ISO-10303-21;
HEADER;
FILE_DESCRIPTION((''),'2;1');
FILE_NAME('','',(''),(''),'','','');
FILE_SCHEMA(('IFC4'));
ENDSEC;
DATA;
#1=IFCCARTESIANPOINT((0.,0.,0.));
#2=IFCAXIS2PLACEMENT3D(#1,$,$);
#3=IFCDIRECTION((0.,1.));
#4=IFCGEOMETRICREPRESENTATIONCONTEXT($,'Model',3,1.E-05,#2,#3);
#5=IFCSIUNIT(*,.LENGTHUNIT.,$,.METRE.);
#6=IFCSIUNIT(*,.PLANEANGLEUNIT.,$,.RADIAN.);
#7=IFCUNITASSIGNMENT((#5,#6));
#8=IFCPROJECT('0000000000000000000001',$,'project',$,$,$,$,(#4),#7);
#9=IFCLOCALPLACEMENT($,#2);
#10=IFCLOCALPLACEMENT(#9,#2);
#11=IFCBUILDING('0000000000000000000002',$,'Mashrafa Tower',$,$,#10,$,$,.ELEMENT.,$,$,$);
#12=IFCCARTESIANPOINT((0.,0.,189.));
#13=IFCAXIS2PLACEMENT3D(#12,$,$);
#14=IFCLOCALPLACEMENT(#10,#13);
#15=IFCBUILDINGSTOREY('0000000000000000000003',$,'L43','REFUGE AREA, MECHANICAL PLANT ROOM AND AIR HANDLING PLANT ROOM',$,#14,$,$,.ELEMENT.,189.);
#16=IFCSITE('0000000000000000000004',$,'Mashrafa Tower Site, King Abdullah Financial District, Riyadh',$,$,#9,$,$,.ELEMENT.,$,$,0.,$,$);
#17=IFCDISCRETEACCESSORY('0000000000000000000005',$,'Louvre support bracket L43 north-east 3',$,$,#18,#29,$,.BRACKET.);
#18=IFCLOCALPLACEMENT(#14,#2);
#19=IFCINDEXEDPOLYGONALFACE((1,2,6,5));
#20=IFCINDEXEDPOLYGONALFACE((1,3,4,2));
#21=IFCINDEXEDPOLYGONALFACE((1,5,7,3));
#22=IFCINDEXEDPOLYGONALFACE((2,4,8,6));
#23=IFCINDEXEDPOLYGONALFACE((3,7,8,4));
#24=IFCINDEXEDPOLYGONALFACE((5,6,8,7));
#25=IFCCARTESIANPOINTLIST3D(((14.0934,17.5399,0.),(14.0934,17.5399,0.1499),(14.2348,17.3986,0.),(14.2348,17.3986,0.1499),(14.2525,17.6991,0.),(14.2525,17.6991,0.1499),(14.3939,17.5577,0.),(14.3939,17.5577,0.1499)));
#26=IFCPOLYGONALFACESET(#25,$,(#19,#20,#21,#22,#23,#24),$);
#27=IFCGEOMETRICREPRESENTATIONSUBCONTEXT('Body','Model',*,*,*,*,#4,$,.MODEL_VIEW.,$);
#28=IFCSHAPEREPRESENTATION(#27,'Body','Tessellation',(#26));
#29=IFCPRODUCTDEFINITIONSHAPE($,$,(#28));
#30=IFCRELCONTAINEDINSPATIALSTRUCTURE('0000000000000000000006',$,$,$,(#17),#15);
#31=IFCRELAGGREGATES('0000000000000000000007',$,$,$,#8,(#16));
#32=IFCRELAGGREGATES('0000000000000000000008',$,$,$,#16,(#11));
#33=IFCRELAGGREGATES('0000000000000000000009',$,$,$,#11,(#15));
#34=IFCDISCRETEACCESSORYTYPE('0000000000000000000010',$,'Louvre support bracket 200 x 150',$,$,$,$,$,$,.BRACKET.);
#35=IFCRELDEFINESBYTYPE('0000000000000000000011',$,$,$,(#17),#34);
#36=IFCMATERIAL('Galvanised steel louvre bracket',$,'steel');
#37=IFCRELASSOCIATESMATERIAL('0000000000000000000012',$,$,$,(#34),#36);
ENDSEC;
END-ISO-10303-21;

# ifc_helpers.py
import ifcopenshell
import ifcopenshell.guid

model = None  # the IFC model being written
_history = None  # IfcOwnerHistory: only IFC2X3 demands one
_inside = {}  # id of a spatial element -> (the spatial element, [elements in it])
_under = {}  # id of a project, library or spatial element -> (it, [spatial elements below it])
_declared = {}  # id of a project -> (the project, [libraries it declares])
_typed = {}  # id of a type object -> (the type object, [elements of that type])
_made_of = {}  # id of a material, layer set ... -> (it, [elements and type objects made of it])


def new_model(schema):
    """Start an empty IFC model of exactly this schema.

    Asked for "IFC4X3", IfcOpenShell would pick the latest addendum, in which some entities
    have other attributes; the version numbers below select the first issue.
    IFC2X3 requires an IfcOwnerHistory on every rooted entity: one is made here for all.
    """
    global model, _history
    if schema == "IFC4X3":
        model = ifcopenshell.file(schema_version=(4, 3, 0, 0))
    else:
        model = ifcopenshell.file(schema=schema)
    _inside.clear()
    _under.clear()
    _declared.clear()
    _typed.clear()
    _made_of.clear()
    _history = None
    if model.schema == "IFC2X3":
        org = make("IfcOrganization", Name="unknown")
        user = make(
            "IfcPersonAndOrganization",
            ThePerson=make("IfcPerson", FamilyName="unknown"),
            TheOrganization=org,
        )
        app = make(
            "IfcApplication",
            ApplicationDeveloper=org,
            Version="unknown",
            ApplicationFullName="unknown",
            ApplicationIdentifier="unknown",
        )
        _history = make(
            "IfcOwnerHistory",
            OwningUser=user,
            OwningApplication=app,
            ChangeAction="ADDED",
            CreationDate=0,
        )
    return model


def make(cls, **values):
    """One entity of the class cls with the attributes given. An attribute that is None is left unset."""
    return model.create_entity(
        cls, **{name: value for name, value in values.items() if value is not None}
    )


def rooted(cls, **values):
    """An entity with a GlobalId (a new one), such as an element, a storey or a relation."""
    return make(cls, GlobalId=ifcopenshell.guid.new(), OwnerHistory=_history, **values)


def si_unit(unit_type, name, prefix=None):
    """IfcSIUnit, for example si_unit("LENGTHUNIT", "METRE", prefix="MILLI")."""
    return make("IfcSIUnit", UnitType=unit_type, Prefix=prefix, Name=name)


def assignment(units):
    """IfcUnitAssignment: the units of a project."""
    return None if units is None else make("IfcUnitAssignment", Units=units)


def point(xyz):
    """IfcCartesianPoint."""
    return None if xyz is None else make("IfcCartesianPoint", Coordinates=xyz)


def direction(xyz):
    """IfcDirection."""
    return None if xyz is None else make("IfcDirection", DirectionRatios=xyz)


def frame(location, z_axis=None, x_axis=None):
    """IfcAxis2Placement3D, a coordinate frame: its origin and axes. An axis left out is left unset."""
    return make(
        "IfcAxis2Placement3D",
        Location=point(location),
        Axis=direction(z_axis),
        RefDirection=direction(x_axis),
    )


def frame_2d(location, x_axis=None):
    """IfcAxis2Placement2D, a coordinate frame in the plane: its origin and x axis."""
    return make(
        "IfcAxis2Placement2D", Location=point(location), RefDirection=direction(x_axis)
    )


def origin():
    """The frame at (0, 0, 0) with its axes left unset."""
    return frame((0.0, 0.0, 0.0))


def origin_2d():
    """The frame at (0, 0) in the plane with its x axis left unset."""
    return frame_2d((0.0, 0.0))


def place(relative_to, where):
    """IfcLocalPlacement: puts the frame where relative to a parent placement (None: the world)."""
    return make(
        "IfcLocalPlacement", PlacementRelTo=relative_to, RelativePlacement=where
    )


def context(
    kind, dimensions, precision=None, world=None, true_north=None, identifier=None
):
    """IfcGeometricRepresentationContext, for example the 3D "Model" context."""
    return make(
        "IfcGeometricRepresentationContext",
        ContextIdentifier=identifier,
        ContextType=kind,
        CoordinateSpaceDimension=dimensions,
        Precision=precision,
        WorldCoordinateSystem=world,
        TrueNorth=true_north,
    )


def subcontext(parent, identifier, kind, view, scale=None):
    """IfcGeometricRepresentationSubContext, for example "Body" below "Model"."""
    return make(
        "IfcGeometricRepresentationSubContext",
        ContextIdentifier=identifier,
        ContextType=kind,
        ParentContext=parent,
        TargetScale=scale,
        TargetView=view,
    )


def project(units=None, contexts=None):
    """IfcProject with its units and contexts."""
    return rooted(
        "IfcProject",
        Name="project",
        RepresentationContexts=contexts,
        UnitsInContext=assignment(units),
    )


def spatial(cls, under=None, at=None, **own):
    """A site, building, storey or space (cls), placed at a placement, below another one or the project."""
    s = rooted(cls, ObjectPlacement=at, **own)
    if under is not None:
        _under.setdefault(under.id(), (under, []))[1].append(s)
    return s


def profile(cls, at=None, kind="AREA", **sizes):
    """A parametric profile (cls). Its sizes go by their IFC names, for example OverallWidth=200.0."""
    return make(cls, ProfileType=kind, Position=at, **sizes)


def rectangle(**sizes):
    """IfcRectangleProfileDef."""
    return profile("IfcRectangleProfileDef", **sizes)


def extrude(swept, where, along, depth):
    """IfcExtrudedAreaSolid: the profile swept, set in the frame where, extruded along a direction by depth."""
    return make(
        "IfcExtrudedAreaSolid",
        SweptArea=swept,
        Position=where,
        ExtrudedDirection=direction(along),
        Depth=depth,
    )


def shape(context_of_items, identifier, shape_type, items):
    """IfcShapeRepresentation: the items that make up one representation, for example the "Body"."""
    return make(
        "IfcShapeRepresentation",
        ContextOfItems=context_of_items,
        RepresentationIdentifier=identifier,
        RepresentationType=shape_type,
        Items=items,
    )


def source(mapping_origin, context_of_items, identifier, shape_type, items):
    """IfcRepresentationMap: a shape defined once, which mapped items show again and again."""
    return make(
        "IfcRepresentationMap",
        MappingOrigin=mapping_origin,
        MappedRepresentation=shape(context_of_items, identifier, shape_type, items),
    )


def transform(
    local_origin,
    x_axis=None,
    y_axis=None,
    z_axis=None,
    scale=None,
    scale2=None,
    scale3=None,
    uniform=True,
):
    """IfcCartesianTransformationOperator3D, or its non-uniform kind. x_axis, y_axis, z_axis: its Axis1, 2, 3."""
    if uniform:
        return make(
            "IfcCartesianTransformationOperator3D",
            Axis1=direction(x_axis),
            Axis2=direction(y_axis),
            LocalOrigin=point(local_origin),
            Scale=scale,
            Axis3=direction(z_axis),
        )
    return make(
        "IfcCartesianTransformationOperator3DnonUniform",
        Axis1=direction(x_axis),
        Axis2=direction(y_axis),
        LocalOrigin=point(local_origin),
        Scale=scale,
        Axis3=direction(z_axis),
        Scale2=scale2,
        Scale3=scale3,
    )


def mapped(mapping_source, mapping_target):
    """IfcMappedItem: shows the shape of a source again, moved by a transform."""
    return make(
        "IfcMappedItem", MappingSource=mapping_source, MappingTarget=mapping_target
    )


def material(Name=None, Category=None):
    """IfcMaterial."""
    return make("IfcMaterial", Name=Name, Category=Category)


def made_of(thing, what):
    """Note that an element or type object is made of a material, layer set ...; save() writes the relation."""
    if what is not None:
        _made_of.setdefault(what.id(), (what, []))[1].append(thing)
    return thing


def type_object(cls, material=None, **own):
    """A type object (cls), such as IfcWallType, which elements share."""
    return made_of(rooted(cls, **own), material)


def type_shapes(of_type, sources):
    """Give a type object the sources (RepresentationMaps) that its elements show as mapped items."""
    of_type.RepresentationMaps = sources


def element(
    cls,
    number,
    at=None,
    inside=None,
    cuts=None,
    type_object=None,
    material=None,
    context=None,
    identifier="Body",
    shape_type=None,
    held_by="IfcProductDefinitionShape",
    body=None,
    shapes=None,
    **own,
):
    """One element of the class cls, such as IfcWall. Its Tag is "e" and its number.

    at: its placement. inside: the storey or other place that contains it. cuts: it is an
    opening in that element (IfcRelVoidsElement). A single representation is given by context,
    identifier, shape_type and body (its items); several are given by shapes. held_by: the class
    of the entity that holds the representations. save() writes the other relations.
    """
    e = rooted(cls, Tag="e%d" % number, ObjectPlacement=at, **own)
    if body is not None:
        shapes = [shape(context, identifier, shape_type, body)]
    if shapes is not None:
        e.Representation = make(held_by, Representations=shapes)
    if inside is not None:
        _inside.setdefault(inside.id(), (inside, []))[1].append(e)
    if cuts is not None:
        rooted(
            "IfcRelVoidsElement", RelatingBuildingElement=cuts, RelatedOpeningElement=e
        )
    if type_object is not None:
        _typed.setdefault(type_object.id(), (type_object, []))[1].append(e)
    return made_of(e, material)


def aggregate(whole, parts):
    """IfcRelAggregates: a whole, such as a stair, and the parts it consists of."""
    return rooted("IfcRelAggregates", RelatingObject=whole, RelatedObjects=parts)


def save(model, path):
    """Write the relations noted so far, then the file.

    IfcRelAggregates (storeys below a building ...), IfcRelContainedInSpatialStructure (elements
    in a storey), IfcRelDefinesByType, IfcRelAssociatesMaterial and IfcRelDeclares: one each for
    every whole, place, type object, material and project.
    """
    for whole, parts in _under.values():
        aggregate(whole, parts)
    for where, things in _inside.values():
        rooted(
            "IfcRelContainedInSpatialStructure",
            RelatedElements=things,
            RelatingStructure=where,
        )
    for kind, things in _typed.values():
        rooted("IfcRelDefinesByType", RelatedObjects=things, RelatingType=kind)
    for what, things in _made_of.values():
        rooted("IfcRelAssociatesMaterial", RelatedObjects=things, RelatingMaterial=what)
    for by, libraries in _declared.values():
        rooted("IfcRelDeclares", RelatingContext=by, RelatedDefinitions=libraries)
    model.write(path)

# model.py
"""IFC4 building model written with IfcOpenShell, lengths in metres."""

from ifc_helpers import new_model, si_unit, direction, frame, origin, origin_2d, place, context, subcontext, project, spatial, rectangle, extrude, source, transform, mapped, material, type_object, type_shapes, element, save


model = new_model("IFC4")

# Units and contexts
model_context = context("Model", 3, precision=1e-05, world=origin(), true_north=direction((0.0, 1.0)))
body_context = subcontext(model_context, "Body", "Model", "MODEL_VIEW")
ifc_project = project(units=[si_unit("LENGTHUNIT", "METRE"), si_unit("PLANEANGLEUNIT", "RADIAN")], contexts=[model_context])

# Site, building, storey
site_placement = place(None, origin())
site = spatial("IfcSite", under=ifc_project, at=site_placement, Name="Mashrafa Tower Site, King Abdullah Financial District, Riyadh", CompositionType="ELEMENT", RefElevation=0.0)
building_placement = place(site_placement, origin())
building = spatial("IfcBuilding", under=site, at=building_placement, Name="Mashrafa Tower", CompositionType="ELEMENT")
storey_placement = place(building_placement, frame((0.0, 0.0, 189.0)))
storey = spatial("IfcBuildingStorey", under=building, at=storey_placement, Name="L43", Description="REFUGE AREA, MECHANICAL PLANT ROOM AND AIR HANDLING PLANT ROOM", CompositionType="ELEMENT", Elevation=189.0)

# Discrete accessory
ifc_material_1 = material(Name="Galvanised steel louvre bracket", Category="steel")
discrete_accessory_type = type_object("IfcDiscreteAccessoryType", Name="Louvre support bracket 200 x 150", PredefinedType="BRACKET", material=ifc_material_1)
shared_shape_1 = source(origin(), body_context, "Body", "SweptSolid", [
    extrude(rectangle(XDim=0.2, YDim=0.2251, at=origin_2d()), origin(), (0.0, 0.0, 1.0), 0.1499),
])
type_shapes(discrete_accessory_type, [shared_shape_1])
for number, where, z_axis, x_axis, name in (
    (1, (14.2437, 17.5488, 0.0), (0.0, 0.0, 1.0), (-0.707107, 0.707107, 0.0), "Louvre support bracket L43 north-east 3"),
):
    element("IfcDiscreteAccessory", number, at=place(storey_placement, frame(where, z_axis=z_axis, x_axis=x_axis)), inside=storey, type_object=discrete_accessory_type, Name=name, PredefinedType="BRACKET", context=body_context, shape_type="MappedRepresentation", body=[
        mapped(shared_shape_1, transform((0.0, 0.0, 0.0))),
    ])

save(model, "model.ifc")
